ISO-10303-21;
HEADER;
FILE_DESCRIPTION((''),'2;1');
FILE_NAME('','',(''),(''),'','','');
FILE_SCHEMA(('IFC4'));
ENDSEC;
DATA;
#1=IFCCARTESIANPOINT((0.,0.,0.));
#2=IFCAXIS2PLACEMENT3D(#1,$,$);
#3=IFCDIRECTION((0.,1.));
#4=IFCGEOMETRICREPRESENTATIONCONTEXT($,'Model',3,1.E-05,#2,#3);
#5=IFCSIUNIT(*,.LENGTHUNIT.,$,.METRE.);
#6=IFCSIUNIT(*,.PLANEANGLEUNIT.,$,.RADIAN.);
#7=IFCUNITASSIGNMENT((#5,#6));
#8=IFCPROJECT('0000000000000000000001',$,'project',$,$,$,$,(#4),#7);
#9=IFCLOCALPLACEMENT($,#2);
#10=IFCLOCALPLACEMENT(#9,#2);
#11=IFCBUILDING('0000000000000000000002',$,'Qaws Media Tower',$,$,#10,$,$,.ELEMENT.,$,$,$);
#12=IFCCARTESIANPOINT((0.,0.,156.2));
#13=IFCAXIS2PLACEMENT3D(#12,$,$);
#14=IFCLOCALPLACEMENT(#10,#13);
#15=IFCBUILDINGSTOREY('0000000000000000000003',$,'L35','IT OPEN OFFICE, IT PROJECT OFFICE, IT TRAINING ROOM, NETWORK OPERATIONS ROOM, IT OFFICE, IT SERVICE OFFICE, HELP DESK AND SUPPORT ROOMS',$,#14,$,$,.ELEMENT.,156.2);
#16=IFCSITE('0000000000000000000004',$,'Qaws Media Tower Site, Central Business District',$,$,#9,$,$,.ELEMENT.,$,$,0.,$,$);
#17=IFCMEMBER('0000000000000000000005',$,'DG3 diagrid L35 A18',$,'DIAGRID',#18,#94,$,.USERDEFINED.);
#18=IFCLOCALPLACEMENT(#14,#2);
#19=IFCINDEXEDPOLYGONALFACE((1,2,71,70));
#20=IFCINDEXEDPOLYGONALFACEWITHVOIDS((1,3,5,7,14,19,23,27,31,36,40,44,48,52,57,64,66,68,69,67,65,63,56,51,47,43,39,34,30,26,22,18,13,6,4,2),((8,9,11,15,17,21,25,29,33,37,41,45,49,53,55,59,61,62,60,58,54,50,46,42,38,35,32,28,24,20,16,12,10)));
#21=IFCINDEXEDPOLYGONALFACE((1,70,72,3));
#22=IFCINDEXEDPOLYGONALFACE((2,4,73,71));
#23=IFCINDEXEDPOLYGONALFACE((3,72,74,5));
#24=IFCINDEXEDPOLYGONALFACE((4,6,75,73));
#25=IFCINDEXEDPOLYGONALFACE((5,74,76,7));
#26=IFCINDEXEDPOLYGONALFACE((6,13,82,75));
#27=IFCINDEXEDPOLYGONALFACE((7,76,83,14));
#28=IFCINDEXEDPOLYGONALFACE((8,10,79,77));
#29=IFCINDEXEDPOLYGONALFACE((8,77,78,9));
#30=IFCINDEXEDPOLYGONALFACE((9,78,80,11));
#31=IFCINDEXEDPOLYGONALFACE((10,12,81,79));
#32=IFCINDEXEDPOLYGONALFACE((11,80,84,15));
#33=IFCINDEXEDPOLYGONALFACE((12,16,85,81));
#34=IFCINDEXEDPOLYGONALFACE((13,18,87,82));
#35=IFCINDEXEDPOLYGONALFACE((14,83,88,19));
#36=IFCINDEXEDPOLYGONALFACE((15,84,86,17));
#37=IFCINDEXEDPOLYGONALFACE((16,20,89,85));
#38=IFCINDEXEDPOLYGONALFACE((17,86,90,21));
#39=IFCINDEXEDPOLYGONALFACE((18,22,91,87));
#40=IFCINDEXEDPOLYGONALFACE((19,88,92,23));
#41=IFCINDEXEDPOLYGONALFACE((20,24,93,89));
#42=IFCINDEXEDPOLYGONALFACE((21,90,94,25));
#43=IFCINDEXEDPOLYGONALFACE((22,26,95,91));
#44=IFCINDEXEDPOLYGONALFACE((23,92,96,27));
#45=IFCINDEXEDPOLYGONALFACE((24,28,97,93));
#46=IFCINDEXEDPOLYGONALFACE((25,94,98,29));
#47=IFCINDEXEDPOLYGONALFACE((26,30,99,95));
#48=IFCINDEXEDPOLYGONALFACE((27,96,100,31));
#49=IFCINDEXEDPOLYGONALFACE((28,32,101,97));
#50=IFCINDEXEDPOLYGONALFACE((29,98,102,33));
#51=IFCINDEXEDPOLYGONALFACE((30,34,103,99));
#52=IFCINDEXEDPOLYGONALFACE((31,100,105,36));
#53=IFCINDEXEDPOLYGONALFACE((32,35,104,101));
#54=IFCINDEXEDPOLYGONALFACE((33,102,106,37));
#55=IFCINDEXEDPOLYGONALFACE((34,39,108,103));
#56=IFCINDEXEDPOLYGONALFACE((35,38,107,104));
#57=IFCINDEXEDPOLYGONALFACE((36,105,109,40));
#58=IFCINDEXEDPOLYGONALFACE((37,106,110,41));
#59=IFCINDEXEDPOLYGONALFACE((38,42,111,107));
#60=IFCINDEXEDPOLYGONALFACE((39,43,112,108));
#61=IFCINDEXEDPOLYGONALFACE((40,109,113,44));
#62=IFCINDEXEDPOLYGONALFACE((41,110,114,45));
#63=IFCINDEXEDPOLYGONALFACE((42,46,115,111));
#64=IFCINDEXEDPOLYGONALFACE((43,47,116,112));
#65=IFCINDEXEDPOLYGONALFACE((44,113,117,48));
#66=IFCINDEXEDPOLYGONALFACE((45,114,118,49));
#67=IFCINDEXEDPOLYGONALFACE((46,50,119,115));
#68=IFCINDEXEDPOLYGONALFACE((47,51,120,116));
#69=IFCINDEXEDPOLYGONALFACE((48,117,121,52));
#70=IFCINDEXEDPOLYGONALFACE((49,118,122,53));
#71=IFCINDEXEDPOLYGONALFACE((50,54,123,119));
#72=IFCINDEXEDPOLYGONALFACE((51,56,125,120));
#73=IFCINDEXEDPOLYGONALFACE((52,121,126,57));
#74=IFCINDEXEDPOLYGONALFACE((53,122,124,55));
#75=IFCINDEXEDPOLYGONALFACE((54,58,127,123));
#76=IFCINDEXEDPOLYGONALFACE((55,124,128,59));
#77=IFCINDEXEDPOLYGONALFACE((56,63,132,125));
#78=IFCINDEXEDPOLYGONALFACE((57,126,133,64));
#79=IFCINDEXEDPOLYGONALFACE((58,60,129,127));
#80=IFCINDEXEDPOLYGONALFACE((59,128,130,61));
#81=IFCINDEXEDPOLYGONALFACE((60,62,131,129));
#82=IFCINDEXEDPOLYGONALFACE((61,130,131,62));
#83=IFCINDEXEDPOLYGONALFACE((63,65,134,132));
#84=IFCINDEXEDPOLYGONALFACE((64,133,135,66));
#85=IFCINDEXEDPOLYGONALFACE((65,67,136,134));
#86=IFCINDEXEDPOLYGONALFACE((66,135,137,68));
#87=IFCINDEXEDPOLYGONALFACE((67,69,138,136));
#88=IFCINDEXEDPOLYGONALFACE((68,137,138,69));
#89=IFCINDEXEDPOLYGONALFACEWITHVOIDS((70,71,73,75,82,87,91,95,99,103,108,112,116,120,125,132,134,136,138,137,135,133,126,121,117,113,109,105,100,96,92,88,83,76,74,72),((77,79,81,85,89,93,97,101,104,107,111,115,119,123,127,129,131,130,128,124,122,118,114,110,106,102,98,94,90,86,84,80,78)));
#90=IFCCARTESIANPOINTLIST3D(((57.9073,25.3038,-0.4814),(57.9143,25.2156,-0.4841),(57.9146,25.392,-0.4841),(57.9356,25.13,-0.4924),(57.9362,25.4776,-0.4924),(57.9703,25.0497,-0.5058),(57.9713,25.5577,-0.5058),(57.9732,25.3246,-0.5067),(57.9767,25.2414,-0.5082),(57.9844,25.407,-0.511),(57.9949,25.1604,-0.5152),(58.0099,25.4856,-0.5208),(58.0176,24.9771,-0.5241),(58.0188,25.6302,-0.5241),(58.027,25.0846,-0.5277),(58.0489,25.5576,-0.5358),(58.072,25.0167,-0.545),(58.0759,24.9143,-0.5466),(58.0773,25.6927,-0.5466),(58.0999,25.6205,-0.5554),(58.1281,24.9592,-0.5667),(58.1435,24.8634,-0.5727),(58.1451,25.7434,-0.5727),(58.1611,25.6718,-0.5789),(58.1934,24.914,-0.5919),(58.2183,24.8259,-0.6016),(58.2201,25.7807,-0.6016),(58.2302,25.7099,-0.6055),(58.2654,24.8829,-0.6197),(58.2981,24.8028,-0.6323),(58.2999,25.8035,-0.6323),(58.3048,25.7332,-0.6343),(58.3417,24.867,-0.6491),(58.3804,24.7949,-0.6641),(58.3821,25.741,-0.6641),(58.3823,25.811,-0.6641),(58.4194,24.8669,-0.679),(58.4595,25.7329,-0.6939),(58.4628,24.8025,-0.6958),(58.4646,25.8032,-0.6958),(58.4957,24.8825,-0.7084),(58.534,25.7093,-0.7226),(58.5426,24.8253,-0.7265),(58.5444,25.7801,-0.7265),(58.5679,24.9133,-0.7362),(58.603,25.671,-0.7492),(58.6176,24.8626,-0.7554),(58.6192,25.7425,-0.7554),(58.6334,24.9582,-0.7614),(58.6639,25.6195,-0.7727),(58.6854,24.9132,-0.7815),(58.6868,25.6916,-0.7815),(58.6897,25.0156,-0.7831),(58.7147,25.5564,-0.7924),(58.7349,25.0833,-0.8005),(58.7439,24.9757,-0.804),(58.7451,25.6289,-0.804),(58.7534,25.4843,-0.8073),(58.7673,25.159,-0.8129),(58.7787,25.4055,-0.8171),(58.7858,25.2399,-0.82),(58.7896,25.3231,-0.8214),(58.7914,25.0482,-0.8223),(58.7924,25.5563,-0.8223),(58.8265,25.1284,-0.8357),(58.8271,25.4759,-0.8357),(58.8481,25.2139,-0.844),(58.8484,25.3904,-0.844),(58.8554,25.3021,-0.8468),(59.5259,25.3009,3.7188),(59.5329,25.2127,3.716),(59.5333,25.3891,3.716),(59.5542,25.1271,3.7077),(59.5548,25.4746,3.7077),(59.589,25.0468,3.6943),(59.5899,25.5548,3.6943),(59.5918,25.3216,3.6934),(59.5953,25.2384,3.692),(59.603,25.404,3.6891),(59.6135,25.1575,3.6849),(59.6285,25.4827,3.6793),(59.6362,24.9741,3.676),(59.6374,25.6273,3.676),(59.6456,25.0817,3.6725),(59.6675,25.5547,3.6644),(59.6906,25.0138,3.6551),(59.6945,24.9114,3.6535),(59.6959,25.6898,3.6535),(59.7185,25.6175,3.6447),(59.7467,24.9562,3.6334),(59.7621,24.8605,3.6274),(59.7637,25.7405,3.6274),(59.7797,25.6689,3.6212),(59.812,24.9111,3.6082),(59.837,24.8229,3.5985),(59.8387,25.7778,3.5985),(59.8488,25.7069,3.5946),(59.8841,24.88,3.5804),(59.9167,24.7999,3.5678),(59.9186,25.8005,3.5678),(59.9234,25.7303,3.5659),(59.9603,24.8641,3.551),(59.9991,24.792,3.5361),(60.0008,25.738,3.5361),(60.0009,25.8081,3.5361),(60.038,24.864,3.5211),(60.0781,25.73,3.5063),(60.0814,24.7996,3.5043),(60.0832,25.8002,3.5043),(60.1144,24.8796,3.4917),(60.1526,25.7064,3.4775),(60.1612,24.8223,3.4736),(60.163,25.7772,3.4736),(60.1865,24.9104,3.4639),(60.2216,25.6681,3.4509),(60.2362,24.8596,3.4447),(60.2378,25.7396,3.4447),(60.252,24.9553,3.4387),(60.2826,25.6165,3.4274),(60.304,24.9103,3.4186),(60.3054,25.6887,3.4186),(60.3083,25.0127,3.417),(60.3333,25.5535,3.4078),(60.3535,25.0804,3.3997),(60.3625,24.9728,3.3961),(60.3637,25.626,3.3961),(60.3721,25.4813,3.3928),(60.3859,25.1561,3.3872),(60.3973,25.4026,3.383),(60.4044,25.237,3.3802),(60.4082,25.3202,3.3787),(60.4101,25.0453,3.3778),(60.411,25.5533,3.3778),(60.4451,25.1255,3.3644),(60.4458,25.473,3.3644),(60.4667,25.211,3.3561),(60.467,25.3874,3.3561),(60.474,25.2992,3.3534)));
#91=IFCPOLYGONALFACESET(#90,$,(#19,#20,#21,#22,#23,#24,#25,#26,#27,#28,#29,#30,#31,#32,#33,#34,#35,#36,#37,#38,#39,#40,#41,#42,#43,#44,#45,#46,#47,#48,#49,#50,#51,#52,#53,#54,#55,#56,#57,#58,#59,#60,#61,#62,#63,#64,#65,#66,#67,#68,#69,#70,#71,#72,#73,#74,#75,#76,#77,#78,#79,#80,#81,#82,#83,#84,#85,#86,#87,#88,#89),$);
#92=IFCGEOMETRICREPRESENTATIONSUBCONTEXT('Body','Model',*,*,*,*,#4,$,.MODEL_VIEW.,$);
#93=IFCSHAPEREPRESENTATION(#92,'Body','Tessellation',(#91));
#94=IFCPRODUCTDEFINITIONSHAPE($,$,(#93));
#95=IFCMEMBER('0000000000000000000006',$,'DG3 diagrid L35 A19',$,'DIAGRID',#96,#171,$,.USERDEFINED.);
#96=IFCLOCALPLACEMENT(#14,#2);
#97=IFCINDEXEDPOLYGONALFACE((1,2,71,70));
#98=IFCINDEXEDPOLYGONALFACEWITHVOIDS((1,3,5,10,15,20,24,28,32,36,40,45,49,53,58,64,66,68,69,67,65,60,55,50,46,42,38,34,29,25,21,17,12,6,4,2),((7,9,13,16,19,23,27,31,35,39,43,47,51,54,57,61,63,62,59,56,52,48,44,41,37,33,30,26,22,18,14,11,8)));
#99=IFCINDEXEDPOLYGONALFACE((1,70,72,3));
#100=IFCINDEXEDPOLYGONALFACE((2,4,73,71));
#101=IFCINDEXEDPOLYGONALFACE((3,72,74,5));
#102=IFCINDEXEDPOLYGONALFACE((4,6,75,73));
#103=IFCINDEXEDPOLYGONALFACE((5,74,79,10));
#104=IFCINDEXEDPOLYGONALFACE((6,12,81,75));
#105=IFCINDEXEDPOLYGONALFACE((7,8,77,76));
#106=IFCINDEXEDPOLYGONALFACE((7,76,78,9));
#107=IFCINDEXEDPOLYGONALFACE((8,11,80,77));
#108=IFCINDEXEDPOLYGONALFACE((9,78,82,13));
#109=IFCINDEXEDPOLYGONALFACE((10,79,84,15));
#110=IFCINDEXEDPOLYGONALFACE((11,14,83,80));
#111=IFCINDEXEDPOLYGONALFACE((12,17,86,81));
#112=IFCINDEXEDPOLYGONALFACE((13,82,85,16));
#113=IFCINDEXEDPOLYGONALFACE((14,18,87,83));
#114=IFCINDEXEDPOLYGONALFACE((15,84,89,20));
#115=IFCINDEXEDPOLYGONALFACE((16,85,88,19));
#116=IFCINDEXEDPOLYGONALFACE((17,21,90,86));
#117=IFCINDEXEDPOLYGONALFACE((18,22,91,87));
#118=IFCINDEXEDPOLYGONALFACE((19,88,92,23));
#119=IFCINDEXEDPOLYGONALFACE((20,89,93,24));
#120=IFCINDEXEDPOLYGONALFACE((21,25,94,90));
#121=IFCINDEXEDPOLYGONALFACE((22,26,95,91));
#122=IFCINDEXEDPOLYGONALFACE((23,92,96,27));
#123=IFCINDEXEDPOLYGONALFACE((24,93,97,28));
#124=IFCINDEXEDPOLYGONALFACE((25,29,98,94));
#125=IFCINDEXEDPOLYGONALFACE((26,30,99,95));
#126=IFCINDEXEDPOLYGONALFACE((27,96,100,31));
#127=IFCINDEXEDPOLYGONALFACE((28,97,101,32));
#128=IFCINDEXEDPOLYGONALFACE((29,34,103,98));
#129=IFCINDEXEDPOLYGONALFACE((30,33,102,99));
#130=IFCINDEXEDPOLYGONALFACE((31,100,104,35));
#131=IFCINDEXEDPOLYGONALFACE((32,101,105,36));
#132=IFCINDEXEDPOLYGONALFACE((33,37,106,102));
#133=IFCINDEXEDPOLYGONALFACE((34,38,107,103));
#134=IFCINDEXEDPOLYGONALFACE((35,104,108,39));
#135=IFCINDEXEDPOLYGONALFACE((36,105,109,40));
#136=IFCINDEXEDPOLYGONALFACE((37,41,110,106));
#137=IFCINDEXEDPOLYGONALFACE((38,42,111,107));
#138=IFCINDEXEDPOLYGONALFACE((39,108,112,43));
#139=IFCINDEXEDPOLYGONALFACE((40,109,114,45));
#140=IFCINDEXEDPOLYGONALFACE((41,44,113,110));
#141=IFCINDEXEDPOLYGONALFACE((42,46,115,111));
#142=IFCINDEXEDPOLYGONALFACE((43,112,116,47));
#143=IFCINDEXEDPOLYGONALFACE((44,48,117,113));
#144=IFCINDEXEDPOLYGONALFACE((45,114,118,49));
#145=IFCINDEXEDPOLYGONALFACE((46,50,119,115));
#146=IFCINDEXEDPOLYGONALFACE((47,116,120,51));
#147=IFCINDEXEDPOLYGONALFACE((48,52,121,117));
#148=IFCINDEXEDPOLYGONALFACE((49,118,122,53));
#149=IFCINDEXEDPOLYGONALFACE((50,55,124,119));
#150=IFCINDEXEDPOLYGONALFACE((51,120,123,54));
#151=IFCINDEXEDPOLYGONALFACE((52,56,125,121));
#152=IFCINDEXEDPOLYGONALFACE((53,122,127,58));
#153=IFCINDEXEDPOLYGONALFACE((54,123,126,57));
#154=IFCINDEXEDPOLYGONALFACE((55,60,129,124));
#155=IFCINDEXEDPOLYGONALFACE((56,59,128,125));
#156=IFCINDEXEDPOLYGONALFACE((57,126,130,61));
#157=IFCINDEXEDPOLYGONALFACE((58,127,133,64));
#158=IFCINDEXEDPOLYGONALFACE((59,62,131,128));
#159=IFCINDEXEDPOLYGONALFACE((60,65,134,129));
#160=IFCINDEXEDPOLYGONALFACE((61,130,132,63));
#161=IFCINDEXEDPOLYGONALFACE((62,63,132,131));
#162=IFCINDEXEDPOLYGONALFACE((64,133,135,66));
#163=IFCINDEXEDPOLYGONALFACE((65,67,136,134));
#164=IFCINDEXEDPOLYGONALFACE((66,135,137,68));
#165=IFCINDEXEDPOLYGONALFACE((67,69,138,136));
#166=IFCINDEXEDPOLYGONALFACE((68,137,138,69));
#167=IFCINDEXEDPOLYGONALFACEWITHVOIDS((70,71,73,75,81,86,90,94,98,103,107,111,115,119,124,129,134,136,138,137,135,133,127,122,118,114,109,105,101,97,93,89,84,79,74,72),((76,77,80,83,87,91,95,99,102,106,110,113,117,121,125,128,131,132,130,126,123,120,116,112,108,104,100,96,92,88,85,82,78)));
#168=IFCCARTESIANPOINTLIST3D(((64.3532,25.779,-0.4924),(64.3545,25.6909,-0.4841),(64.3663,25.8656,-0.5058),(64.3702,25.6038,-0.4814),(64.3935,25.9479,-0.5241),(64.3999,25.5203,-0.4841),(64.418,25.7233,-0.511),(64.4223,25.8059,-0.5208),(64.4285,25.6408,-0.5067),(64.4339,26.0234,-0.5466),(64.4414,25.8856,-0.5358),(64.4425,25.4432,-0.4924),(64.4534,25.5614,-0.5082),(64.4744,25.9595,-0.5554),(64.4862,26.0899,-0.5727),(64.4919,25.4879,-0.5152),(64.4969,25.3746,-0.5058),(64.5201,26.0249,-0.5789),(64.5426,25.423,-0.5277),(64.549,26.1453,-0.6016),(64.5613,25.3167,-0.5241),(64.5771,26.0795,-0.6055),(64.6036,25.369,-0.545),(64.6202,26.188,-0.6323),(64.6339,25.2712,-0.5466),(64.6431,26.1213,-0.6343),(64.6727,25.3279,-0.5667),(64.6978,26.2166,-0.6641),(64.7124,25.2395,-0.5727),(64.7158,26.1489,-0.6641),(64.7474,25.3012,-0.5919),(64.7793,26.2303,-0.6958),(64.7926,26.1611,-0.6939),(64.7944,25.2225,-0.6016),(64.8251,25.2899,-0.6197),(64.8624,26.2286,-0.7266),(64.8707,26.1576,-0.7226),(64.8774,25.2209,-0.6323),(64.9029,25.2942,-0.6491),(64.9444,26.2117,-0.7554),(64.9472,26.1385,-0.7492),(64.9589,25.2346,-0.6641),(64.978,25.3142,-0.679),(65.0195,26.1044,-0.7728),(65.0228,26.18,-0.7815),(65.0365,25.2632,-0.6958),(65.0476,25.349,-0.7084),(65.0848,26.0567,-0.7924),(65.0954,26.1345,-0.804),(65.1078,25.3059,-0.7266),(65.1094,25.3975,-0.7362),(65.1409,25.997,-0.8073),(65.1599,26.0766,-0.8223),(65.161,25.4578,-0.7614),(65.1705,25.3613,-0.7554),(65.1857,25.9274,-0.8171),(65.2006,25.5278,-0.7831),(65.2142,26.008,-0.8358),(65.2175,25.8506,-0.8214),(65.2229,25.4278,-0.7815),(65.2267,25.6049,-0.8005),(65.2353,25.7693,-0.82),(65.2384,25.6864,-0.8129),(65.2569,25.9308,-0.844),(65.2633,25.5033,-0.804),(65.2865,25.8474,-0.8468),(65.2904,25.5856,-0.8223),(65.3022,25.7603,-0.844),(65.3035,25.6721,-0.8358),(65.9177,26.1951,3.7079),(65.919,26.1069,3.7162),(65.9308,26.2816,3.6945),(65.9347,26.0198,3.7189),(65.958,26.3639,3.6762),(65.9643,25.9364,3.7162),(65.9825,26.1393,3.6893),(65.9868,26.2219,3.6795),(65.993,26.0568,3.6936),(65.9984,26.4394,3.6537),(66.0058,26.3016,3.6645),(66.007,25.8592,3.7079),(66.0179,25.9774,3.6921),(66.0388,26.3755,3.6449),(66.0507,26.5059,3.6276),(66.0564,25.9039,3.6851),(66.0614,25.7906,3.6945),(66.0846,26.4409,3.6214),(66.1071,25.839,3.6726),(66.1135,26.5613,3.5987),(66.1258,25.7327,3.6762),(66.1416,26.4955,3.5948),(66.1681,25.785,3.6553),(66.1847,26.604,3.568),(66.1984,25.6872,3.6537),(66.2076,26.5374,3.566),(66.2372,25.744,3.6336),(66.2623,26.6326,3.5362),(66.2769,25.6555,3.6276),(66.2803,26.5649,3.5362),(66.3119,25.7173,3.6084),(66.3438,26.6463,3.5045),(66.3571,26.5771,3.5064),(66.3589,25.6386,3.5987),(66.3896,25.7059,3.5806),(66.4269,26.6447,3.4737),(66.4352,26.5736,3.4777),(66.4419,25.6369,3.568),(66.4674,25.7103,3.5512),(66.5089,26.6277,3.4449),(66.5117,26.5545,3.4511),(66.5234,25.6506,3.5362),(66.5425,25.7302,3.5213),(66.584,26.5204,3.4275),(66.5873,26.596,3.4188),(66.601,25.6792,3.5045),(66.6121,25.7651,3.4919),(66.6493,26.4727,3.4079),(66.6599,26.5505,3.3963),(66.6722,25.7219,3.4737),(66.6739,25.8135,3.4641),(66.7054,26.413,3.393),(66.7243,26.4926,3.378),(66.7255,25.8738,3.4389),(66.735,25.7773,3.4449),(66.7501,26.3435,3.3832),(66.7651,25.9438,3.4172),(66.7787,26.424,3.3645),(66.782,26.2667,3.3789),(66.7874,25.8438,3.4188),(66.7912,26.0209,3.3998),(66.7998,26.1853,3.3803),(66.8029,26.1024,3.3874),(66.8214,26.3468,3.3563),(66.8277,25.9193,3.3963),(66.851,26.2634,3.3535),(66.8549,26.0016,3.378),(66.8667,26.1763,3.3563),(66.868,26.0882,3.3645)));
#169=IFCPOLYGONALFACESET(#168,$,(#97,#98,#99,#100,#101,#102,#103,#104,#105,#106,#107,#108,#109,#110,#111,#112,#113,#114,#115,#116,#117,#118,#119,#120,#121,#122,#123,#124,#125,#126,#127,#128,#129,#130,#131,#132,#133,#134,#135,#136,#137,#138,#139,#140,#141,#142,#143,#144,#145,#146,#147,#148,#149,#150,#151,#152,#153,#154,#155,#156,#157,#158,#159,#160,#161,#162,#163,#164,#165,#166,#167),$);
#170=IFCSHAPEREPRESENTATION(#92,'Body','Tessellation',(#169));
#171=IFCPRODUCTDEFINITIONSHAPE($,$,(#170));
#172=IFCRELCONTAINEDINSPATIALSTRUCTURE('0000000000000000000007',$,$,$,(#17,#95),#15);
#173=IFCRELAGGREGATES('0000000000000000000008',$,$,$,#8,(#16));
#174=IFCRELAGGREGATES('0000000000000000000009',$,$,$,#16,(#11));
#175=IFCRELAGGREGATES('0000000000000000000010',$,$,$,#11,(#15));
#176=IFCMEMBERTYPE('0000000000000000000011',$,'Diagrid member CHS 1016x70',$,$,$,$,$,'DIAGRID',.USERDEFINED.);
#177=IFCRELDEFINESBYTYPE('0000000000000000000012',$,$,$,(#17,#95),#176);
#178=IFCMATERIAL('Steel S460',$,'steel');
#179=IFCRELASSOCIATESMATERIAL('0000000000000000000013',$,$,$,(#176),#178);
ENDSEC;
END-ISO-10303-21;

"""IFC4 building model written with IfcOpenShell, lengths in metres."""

from ifc_helpers import new_model, si_unit, direction, frame, origin, origin_2d, place, context, subcontext, project, spatial, hollow_circle, extrude, material, material_profile, profile_set, type_object, element, save


model = new_model("IFC4")

# Units and contexts
model_context = context("Model", 3, precision=1e-05, world=origin(), true_north=direction((0.0, 1.0)))
body_context = subcontext(model_context, "Body", "Model", "MODEL_VIEW")
ifc_project = project(units=[si_unit("LENGTHUNIT", "METRE"), si_unit("PLANEANGLEUNIT", "RADIAN")], contexts=[model_context])

# Site, building, storey
site_placement = place(None, origin())
site = spatial("IfcSite", under=ifc_project, at=site_placement, Name="Qaws Media Tower Site, Central Business District", CompositionType="ELEMENT", RefElevation=0.0)
building_placement = place(site_placement, origin())
building = spatial("IfcBuilding", under=site, at=building_placement, Name="Qaws Media Tower", CompositionType="ELEMENT")
storey_placement = place(building_placement, frame((0.0, 0.0, 156.2)))
storey = spatial("IfcBuildingStorey", under=building, at=storey_placement, Name="L35", Description="IT OPEN OFFICE, IT PROJECT OFFICE, IT TRAINING ROOM, NETWORK OPERATIONS ROOM, IT OFFICE, IT SERVICE OFFICE, HELP DESK AND SUPPORT ROOMS", CompositionType="ELEMENT", Elevation=156.2)

# Members
ifc_material_1 = material(Name="Steel S460", Category="steel")
ifc_material_profile_1 = material_profile(ifc_material_1, hollow_circle(Radius=0.5081, WallThickness=0.0701, at=origin_2d()), Name="CHS 1016x70")
ifc_profile_set_1 = profile_set([ifc_material_profile_1], Name="Steel S460")
member_type_1 = type_object("IfcMemberType", Name="Diagrid member CHS 1016x70", ElementType="DIAGRID", PredefinedType="USERDEFINED", material=ifc_profile_set_1)
member_1_placement = place(storey_placement, frame((58.3813, 25.303, -0.6641), z_axis=(0.359597, -0.000651, 0.933108), x_axis=(0.00181, 0.999998, 0.0)))
element("IfcMember", 1, at=member_1_placement, inside=storey, type_object=member_type_1, Name="DG3 diagrid L35 A18", ObjectType="DIAGRID", PredefinedType="USERDEFINED", context=body_context, shape_type="SweptSolid", body=[
    extrude(hollow_circle(Radius=0.5081, WallThickness=0.0701, at=origin_2d()), origin(), (0.0, 0.0, 1.0), 4.5012),
])
member_2_placement = place(storey_placement, frame((64.8284, 25.7256, -0.6641), z_axis=(0.347551, 0.09242, 0.933095), x_axis=(-0.256987, 0.966415, 0.0)))
element("IfcMember", 2, at=member_2_placement, inside=storey, type_object=member_type_1, Name="DG3 diagrid L35 A19", ObjectType="DIAGRID", PredefinedType="USERDEFINED", context=body_context, shape_type="SweptSolid", body=[
    extrude(hollow_circle(Radius=0.5081, WallThickness=0.0701, at=origin_2d()), origin(), (0.0, 0.0, 1.0), 4.5015),
])

save(model, "model.ifc")
